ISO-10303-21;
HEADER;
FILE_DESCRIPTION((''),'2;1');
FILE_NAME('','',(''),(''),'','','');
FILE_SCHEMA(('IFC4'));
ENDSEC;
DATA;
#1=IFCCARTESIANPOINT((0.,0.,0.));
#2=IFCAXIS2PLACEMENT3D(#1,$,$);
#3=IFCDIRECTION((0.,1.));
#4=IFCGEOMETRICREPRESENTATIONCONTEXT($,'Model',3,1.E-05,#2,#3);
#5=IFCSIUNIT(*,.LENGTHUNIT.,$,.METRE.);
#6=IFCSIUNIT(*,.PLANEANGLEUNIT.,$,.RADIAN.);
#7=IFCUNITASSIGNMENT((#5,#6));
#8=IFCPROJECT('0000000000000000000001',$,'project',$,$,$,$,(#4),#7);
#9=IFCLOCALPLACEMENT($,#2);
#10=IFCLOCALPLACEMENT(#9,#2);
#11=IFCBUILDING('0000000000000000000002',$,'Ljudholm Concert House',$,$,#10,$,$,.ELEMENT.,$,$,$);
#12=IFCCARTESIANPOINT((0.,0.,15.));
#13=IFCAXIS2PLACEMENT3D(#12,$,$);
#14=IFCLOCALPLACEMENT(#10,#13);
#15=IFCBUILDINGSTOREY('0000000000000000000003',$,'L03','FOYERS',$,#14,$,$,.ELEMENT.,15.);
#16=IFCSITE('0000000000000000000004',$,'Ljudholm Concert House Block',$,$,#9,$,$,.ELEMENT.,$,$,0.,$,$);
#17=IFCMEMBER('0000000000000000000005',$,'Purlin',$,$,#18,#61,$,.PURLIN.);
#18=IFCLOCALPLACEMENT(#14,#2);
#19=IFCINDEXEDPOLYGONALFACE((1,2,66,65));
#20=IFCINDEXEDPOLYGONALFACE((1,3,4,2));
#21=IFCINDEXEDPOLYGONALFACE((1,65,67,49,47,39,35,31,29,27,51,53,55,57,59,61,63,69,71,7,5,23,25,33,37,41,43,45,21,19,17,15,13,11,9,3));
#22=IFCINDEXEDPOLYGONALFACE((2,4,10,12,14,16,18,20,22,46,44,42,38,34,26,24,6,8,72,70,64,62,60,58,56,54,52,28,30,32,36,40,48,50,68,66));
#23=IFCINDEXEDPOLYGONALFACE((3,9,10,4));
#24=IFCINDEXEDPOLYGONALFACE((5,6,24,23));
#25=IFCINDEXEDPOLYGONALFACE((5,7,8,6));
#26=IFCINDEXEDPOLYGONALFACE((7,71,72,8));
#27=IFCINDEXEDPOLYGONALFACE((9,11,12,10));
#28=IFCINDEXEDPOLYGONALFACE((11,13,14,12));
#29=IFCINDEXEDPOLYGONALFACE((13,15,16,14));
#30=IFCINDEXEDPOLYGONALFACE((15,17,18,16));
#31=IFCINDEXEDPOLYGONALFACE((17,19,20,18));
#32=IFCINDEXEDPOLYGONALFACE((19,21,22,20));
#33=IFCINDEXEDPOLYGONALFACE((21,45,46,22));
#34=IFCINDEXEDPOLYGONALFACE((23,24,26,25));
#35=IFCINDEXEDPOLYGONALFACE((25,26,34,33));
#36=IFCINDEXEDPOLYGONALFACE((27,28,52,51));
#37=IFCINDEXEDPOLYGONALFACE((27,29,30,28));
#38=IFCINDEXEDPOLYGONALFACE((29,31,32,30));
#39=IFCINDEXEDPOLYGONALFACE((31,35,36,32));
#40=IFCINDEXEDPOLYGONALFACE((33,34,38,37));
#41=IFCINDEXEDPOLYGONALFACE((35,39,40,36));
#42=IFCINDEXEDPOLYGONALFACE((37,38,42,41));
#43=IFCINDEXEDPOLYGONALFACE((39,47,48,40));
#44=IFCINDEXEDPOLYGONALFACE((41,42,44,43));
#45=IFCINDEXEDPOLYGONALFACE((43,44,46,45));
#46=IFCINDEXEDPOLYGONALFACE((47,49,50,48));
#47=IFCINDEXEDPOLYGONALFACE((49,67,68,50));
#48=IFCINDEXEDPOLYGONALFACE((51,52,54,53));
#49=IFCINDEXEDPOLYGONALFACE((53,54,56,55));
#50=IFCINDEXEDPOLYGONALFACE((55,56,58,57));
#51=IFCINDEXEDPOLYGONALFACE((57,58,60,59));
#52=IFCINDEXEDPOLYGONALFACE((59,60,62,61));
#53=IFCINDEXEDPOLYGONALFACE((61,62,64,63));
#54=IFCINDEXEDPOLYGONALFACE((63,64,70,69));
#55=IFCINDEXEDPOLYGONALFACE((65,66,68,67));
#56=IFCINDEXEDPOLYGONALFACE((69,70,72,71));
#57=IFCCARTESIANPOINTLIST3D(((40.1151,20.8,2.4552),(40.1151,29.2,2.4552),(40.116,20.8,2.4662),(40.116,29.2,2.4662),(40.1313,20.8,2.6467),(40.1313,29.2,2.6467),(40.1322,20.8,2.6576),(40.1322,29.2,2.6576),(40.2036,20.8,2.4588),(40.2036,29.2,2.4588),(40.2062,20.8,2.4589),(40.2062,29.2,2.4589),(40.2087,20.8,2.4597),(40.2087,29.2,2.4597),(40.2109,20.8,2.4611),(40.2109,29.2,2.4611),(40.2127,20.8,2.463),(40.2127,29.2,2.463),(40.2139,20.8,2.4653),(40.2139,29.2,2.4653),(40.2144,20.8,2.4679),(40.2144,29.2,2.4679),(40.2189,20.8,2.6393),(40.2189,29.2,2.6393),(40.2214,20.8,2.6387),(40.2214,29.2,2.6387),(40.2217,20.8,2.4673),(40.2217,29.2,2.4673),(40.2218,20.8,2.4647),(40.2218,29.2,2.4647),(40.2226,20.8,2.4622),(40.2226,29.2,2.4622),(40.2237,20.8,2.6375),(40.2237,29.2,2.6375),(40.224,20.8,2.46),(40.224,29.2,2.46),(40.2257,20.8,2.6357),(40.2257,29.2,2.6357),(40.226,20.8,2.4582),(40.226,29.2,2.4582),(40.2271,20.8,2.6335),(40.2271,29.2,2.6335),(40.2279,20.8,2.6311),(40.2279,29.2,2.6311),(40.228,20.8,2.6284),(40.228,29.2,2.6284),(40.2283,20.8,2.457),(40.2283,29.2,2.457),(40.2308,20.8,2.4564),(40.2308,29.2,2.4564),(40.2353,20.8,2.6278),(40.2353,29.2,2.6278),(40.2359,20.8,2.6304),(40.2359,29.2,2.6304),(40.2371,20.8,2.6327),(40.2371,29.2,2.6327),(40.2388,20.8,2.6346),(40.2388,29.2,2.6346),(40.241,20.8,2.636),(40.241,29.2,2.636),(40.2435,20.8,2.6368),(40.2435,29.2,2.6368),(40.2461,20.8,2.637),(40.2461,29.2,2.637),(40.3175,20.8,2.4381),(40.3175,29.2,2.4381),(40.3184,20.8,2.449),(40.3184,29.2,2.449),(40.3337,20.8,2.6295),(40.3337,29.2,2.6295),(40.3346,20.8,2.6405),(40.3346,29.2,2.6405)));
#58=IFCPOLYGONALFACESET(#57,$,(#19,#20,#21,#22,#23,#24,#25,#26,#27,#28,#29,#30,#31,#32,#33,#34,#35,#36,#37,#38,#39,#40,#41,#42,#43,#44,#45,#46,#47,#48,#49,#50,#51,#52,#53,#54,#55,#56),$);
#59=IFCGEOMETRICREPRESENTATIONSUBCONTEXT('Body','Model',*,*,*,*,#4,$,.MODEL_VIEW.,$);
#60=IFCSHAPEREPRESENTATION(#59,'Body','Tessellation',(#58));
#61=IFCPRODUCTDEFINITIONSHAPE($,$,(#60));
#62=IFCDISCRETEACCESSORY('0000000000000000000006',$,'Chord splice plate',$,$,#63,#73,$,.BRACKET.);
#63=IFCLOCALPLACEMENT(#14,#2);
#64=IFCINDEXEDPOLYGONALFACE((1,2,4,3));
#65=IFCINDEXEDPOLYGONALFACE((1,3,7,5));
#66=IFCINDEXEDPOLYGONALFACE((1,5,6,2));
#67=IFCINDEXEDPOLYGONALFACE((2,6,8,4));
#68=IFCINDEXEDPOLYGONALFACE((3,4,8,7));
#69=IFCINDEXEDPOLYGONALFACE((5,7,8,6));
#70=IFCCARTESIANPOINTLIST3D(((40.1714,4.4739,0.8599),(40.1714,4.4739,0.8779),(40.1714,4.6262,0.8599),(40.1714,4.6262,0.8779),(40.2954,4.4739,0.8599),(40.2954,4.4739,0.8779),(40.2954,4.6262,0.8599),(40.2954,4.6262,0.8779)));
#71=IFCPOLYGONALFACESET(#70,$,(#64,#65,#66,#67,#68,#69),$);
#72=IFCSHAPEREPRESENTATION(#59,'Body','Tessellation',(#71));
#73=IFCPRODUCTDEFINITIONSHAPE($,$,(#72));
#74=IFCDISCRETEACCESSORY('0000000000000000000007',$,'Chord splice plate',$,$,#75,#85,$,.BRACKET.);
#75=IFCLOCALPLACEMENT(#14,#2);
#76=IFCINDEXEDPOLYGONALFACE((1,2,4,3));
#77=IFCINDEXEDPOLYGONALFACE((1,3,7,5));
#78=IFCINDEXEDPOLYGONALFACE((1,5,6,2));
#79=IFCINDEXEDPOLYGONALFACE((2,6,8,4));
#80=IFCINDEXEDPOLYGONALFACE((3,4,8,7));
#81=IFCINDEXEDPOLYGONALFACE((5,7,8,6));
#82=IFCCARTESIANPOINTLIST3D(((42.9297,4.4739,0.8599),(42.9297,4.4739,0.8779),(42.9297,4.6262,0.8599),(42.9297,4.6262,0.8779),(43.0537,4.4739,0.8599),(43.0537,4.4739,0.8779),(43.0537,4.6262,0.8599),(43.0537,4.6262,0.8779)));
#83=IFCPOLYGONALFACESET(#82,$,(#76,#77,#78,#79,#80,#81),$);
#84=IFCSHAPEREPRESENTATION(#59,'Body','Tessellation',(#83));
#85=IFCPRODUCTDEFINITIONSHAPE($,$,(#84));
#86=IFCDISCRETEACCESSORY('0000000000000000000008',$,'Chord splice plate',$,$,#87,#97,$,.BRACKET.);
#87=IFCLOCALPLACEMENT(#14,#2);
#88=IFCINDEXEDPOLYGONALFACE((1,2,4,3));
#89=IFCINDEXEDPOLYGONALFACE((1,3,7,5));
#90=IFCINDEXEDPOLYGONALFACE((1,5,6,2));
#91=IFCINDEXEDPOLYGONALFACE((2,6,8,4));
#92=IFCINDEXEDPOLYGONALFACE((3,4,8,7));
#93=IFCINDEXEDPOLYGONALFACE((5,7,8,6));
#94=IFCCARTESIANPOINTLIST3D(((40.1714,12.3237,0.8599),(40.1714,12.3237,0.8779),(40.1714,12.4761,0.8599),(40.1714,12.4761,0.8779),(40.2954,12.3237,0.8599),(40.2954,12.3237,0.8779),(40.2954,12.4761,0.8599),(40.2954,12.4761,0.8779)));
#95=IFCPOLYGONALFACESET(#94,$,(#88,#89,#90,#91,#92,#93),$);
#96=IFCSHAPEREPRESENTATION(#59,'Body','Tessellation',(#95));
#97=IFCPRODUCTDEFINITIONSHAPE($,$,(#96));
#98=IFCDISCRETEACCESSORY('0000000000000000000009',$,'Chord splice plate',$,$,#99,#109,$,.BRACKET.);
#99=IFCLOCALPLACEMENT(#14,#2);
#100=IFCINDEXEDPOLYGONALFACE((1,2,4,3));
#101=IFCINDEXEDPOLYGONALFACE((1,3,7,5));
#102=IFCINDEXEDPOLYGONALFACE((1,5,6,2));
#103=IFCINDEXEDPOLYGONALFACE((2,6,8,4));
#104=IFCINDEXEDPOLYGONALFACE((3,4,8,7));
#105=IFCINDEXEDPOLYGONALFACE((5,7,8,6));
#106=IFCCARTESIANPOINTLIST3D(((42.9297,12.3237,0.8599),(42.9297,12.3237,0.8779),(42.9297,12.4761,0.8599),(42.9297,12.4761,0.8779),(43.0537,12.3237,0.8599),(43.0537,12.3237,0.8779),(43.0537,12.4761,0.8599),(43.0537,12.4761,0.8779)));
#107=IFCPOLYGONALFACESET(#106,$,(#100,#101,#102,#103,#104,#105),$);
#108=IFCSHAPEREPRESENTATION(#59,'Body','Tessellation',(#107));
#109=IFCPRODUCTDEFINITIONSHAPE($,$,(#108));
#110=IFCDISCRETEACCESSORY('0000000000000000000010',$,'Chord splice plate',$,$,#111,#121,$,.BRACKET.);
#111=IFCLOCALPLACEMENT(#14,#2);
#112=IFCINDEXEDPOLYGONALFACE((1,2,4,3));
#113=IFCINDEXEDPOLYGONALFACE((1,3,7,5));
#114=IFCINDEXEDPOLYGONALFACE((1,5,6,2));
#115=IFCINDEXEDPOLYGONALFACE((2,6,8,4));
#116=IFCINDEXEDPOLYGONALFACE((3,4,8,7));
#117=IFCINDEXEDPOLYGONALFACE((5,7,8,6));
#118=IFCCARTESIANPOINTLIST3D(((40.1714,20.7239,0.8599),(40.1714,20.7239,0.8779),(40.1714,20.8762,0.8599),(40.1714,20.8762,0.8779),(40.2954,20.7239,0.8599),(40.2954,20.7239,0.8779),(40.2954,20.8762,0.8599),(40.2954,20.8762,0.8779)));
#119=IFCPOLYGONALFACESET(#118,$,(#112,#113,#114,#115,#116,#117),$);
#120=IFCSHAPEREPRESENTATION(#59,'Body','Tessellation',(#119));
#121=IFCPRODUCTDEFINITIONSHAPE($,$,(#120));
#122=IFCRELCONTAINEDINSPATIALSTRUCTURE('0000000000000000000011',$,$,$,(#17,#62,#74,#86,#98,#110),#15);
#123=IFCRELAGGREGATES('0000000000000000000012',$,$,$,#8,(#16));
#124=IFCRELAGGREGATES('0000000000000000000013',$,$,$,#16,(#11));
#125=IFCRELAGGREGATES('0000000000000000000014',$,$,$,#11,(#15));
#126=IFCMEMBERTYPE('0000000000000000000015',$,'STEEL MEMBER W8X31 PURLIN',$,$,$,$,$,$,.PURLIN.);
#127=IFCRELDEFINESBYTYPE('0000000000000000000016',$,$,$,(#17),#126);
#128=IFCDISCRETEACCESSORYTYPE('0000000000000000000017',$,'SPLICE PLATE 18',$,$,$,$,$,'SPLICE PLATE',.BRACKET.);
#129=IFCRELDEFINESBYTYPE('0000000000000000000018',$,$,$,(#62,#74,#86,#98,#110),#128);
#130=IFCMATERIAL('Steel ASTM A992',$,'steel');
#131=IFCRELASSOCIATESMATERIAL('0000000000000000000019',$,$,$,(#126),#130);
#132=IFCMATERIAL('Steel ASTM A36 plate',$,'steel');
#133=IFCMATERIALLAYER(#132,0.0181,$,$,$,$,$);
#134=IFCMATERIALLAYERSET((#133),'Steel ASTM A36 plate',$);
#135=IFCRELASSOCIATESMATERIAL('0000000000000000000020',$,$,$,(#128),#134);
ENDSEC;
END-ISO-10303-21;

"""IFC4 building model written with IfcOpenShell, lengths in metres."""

from ifc_helpers import new_model, si_unit, direction, frame, origin, origin_2d, place, context, subcontext, project, spatial, rectangle, i_section, extrude, material, layer, layer_set, material_profile, profile_set, type_object, element, save


model = new_model("IFC4")

# Units and contexts
model_context = context("Model", 3, precision=1e-05, world=origin(), true_north=direction((0.0, 1.0)))
body_context = subcontext(model_context, "Body", "Model", "MODEL_VIEW")
ifc_project = project(units=[si_unit("LENGTHUNIT", "METRE"), si_unit("PLANEANGLEUNIT", "RADIAN")], contexts=[model_context])

# Site, building, storey
site_placement = place(None, origin())
site = spatial("IfcSite", under=ifc_project, at=site_placement, Name="Ljudholm Concert House Block", CompositionType="ELEMENT", RefElevation=0.0)
building_placement = place(site_placement, origin())
building = spatial("IfcBuilding", under=site, at=building_placement, Name="Ljudholm Concert House", CompositionType="ELEMENT")
storey_placement = place(building_placement, frame((0.0, 0.0, 15.0)))
storey = spatial("IfcBuildingStorey", under=building, at=storey_placement, Name="L03", Description="FOYERS", CompositionType="ELEMENT", Elevation=15.0)

# Member
ifc_material_1 = material(Name="Steel ASTM A992", Category="steel")
ifc_material_profile_1 = material_profile(ifc_material_1, i_section(OverallWidth=0.2031, OverallDepth=0.2031, WebThickness=0.0073, FlangeThickness=0.011, FilletRadius=0.01, at=origin_2d()), Name="W8X31")
ifc_profile_set_1 = profile_set([ifc_material_profile_1], Name="Steel ASTM A992")
member_type_1 = type_object("IfcMemberType", Name="STEEL MEMBER W8X31 PURLIN", PredefinedType="PURLIN", material=ifc_profile_set_1)
member_1_placement = place(storey_placement, frame((40.2249, 20.8, 2.5479), z_axis=(0.0, 1.0, 0.0), x_axis=(-0.996441, 0.0, 0.084291)))
element("IfcMember", 1, at=member_1_placement, inside=storey, type_object=member_type_1, Name="Purlin", PredefinedType="PURLIN", context=body_context, shape_type="SweptSolid", body=[
    extrude(i_section(OverallWidth=0.2031, OverallDepth=0.2031, WebThickness=0.0073, FlangeThickness=0.011, FilletRadius=0.01, at=origin_2d()), origin(), (0.0, 0.0, 1.0), 8.3999),
])

# Discrete accessories
ifc_material_2 = material(Name="Steel ASTM A36 plate", Category="steel")
ifc_layer = layer(ifc_material_2, 0.0181)
ifc_layer_set = layer_set([ifc_layer], Name="Steel ASTM A36 plate")
discrete_accessory_type = type_object("IfcDiscreteAccessoryType", Name="SPLICE PLATE 18", ElementType="SPLICE PLATE", PredefinedType="BRACKET", material=ifc_layer_set)
for number, where, z_axis, x_axis, name in (
    (2, (40.2334, 4.55, 0.8599), (0.0, 0.0, 1.0), (1.0, 0.0, 0.0), "Chord splice plate"),
    (3, (42.9917, 4.55, 0.8599), (0.0, 0.0, 1.0), (1.0, 0.0, 0.0), "Chord splice plate"),
    (4, (40.2334, 12.3999, 0.8599), (0.0, 0.0, 1.0), (1.0, 0.0, 0.0), "Chord splice plate"),
    (5, (42.9917, 12.3999, 0.8599), (0.0, 0.0, 1.0), (1.0, 0.0, 0.0), "Chord splice plate"),
    (6, (40.2334, 20.8, 0.8599), (0.0, 0.0, 1.0), (1.0, 0.0, 0.0), "Chord splice plate"),
):
    element("IfcDiscreteAccessory", number, at=place(storey_placement, frame(where, z_axis=z_axis, x_axis=x_axis)), inside=storey, type_object=discrete_accessory_type, Name=name, PredefinedType="BRACKET", context=body_context, shape_type="SweptSolid", body=[
        extrude(rectangle(XDim=0.124, YDim=0.1523, at=origin_2d()), origin(), (0.0, 0.0, 1.0), 0.0181),
    ])

save(model, "model.ifc")
